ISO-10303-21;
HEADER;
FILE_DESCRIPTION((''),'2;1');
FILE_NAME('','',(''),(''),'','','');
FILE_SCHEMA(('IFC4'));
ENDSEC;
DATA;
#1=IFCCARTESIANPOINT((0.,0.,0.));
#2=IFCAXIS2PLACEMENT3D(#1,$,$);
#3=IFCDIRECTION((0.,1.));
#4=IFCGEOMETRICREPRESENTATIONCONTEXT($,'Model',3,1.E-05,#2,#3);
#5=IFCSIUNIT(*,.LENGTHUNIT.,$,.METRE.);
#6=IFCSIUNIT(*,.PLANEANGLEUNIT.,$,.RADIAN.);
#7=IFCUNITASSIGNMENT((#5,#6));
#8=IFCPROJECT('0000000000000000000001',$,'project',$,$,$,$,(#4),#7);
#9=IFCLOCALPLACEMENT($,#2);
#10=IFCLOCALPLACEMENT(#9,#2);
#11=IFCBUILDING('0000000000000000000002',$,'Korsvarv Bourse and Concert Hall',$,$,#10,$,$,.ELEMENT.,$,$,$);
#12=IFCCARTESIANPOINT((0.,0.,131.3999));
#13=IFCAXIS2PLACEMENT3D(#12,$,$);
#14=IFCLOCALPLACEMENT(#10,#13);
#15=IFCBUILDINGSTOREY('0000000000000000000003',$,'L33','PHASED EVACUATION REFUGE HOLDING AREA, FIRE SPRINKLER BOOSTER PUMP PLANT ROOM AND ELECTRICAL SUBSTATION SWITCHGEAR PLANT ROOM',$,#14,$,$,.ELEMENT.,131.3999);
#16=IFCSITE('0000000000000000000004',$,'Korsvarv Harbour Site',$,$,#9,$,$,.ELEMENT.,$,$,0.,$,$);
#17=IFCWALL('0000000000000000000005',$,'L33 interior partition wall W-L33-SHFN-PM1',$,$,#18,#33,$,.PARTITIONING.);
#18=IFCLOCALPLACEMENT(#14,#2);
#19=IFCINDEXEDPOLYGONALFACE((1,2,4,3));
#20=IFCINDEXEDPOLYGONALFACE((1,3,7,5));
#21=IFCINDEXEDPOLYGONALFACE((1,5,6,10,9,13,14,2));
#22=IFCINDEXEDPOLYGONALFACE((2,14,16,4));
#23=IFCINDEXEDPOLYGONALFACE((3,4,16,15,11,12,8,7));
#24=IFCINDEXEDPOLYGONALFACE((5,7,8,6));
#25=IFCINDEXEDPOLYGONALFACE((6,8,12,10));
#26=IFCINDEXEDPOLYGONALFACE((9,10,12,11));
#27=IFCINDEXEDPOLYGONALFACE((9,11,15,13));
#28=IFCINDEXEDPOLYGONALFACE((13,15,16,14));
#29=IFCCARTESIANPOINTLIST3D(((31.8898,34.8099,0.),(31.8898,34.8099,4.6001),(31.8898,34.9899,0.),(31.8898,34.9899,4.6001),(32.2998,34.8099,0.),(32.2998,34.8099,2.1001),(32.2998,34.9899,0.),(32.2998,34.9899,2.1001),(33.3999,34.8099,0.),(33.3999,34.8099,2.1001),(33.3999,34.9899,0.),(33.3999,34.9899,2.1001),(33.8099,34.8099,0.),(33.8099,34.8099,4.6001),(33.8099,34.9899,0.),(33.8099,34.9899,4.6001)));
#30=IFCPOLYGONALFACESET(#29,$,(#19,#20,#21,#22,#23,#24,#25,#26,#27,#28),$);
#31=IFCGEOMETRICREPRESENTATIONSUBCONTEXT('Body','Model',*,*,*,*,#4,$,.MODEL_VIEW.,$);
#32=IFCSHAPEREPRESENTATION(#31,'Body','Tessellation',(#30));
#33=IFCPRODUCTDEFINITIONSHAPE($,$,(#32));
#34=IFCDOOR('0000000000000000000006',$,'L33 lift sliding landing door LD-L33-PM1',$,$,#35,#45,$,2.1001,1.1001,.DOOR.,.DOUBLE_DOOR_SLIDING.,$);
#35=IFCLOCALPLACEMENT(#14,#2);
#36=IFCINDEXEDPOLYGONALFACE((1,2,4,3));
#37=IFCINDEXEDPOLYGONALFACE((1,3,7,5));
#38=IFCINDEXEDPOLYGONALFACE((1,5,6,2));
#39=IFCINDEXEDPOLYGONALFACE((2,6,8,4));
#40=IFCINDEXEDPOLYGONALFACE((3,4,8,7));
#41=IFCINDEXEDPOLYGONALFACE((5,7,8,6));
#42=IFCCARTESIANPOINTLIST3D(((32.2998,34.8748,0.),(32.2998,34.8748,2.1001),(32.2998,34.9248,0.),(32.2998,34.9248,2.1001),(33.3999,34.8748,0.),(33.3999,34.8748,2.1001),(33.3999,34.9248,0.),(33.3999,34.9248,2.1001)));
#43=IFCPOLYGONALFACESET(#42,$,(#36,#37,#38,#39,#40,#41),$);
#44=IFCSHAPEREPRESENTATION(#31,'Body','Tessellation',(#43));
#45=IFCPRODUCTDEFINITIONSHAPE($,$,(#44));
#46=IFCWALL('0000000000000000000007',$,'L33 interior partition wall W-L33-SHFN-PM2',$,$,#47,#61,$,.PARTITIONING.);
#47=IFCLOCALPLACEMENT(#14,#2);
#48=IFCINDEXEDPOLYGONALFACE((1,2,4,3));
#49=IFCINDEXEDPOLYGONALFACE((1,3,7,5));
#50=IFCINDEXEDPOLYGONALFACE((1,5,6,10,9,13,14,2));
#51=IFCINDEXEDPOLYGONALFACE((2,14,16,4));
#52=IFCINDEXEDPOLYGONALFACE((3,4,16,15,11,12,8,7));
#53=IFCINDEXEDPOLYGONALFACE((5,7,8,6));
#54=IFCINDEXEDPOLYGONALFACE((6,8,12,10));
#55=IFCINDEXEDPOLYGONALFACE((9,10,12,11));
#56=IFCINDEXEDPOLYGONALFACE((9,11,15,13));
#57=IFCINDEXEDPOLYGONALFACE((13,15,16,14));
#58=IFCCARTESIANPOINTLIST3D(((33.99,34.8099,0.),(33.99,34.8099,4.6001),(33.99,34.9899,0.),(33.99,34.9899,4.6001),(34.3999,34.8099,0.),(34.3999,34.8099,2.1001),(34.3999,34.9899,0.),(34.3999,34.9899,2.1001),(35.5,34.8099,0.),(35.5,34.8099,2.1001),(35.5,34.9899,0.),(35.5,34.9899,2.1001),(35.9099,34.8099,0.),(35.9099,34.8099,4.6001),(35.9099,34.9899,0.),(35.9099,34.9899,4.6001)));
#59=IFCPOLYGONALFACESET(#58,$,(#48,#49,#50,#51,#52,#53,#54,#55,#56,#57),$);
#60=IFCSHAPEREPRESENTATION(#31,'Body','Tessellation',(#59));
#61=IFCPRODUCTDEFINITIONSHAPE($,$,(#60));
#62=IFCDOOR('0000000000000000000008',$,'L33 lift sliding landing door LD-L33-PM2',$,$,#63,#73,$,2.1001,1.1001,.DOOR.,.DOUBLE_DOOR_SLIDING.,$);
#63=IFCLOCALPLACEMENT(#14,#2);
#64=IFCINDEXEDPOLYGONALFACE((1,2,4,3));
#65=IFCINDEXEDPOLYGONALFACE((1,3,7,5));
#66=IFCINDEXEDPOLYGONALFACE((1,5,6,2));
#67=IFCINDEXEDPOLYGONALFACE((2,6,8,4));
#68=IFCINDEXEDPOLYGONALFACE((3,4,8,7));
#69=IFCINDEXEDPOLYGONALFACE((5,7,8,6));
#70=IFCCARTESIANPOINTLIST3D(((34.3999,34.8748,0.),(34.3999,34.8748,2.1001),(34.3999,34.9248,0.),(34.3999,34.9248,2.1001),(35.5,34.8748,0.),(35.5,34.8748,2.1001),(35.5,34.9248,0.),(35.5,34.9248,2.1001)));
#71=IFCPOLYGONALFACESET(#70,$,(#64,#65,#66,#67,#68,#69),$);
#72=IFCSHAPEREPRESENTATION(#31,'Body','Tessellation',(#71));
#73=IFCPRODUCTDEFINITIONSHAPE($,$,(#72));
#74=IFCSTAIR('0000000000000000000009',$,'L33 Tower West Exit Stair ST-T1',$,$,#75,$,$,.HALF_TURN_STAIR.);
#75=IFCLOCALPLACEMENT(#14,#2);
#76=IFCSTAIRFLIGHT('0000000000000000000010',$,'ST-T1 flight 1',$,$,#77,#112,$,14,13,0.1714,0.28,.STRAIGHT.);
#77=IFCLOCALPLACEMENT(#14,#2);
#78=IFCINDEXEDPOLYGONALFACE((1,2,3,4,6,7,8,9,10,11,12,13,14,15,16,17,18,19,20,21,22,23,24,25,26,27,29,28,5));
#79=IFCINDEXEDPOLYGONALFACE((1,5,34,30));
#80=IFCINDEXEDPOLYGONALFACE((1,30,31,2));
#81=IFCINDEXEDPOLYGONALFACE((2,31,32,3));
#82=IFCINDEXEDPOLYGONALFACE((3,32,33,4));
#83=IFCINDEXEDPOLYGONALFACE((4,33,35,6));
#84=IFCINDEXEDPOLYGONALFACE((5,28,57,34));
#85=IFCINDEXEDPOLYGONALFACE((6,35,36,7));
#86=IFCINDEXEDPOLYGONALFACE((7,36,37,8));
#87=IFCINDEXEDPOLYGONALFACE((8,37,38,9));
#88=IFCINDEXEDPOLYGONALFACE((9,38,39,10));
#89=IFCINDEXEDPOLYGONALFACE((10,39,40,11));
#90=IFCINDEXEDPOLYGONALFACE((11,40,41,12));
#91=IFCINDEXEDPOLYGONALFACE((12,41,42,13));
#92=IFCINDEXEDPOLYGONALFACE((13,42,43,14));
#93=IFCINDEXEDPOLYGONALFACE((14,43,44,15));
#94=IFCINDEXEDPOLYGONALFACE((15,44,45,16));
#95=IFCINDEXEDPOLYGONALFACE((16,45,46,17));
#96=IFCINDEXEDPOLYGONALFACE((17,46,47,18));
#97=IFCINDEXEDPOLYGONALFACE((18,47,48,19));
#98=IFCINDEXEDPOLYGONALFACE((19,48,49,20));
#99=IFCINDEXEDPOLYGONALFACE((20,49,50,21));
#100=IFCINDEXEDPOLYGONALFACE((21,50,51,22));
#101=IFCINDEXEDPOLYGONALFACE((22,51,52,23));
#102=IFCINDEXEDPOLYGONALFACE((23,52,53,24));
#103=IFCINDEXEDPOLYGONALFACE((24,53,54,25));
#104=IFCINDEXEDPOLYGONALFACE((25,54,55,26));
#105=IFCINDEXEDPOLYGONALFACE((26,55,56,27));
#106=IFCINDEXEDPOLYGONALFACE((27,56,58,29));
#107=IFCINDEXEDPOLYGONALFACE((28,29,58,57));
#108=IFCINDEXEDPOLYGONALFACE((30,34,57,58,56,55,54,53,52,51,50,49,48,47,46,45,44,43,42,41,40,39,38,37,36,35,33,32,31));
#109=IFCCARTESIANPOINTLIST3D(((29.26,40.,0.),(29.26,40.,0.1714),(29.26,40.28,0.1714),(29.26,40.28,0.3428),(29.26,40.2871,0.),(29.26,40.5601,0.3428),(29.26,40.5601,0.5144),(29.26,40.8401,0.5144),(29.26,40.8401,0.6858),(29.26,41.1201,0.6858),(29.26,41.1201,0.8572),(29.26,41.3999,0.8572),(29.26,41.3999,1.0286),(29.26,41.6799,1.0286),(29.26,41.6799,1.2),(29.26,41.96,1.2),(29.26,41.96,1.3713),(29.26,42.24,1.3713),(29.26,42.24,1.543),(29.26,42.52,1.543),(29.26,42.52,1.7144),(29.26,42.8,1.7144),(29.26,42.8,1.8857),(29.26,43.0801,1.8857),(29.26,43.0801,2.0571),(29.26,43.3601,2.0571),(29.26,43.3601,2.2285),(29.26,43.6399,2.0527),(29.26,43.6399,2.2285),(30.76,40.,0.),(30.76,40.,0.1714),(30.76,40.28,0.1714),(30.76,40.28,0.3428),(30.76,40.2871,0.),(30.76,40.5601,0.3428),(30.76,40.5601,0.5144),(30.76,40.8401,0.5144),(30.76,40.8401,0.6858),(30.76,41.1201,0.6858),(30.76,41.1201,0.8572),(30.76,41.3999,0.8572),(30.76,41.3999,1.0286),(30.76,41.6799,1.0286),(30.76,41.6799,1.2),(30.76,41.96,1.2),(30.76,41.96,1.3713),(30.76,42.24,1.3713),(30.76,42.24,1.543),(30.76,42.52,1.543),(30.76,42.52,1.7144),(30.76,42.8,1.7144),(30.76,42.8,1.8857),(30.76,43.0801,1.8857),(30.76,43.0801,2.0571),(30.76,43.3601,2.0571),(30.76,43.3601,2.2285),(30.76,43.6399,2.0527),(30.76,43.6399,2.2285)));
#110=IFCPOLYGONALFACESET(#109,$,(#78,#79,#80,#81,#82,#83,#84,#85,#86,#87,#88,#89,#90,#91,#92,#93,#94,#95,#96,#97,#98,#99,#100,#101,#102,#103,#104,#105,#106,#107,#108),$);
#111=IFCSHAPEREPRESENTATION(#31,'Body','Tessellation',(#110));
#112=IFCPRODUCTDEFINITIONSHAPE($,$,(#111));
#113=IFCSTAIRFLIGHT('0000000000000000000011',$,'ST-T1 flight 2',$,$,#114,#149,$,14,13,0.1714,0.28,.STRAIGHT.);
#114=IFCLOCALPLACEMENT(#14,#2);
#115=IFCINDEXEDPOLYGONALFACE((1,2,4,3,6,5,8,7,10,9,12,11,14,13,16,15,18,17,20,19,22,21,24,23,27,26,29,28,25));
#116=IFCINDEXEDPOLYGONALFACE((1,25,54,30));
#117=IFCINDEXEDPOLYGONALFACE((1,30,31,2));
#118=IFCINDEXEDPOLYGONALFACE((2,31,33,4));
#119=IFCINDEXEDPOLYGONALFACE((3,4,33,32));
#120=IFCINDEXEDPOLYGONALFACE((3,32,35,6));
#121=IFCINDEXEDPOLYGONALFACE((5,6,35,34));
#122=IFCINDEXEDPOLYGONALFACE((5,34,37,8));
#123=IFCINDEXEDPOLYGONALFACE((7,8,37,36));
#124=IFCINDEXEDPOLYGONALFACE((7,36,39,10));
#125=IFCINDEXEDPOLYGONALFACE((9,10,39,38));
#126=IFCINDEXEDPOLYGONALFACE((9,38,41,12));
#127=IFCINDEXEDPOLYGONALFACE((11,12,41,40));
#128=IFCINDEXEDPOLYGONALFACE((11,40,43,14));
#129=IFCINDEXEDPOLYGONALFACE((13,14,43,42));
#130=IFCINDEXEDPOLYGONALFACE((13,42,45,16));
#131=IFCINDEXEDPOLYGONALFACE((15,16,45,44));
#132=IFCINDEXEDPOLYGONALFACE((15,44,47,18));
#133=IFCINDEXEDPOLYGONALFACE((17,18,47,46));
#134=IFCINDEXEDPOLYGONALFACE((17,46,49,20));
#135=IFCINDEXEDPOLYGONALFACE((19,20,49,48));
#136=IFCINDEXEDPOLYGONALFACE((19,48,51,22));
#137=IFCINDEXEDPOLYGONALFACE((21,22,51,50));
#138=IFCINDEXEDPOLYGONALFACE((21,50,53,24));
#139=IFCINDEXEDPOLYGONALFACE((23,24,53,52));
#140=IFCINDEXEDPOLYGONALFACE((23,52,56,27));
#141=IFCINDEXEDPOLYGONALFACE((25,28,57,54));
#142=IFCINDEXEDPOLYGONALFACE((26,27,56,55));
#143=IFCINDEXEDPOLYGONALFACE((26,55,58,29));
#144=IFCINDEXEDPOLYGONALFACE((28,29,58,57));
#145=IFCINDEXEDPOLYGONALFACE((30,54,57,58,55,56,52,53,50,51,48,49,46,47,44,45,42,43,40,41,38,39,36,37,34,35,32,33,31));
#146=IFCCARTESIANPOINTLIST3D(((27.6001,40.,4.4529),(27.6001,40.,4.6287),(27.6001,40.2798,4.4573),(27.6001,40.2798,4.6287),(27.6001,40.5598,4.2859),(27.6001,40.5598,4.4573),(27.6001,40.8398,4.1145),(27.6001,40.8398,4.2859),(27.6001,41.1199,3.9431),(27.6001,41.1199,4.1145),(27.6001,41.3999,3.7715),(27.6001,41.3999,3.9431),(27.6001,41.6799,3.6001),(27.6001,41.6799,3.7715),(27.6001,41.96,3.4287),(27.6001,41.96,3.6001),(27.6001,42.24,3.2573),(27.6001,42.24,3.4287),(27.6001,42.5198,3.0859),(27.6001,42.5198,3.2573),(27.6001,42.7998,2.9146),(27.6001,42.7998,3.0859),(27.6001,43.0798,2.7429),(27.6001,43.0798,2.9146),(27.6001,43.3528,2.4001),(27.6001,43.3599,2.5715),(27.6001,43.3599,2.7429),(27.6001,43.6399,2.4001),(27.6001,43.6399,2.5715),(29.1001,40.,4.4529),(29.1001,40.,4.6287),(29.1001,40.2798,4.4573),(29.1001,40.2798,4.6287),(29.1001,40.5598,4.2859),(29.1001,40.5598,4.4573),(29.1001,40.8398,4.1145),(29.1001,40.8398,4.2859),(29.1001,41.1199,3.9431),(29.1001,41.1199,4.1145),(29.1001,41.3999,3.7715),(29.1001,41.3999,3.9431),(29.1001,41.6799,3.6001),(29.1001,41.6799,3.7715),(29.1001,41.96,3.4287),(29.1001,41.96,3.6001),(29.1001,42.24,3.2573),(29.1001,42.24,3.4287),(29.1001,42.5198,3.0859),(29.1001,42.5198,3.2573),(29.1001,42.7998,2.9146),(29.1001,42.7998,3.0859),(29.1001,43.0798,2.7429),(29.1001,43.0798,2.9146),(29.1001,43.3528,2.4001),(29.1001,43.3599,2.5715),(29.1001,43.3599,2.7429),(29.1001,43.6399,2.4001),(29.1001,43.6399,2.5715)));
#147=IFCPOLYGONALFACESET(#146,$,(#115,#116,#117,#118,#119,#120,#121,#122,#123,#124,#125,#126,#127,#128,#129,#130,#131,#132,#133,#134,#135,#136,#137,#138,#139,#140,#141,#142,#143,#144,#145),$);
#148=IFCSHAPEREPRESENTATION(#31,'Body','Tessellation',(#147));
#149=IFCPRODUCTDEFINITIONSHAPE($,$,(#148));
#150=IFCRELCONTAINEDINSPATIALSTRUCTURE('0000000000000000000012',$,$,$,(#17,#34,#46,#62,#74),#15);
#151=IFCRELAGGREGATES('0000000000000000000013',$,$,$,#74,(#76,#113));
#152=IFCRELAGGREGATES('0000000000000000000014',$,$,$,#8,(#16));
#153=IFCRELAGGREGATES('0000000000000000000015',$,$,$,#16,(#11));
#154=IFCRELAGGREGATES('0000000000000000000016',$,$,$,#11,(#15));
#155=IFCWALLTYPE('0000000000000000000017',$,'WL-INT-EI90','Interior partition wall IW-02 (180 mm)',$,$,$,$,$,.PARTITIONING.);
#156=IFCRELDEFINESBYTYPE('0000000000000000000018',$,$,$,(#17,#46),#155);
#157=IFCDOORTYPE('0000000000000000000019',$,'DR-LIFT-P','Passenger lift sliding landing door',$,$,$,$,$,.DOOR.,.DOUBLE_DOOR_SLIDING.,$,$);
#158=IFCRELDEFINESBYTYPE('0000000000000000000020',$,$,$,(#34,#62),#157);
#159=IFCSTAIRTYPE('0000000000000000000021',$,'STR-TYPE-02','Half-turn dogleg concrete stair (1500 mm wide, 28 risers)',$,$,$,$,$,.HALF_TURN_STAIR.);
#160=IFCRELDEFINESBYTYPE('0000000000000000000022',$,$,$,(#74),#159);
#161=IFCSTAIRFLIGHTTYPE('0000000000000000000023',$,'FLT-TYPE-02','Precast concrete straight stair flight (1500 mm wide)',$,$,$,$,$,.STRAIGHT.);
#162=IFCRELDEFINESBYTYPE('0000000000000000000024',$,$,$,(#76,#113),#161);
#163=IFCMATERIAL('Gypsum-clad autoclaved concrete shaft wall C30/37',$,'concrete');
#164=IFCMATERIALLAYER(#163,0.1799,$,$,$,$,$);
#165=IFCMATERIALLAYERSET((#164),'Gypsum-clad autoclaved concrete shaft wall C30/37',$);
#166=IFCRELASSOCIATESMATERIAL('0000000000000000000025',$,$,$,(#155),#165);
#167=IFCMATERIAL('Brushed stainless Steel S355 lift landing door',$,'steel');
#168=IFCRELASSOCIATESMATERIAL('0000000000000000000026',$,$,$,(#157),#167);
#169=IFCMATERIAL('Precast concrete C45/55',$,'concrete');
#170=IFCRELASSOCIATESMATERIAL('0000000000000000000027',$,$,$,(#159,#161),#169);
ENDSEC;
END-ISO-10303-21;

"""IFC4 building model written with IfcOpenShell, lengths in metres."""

from ifc_helpers import new_model, si_unit, direction, frame, frame_2d, origin, place, context, subcontext, project, spatial, polyline, rectangle, outline, extrude, material, layer, layer_set, type_object, element, fill, aggregate, save


model = new_model("IFC4")

# Units and contexts
model_context = context("Model", 3, precision=1e-05, world=origin(), true_north=direction((0.0, 1.0)))
body_context = subcontext(model_context, "Body", "Model", "MODEL_VIEW")
ifc_project = project(units=[si_unit("LENGTHUNIT", "METRE"), si_unit("PLANEANGLEUNIT", "RADIAN")], contexts=[model_context])

# Site, building, storey
site_placement = place(None, origin())
site = spatial("IfcSite", under=ifc_project, at=site_placement, Name="Korsvarv Harbour Site", CompositionType="ELEMENT", RefElevation=0.0)
building_placement = place(site_placement, origin())
building = spatial("IfcBuilding", under=site, at=building_placement, Name="Korsvarv Bourse and Concert Hall", CompositionType="ELEMENT")
storey_placement = place(building_placement, frame((0.0, 0.0, 131.3999)))
storey = spatial("IfcBuildingStorey", under=building, at=storey_placement, Name="L33", Description="PHASED EVACUATION REFUGE HOLDING AREA, FIRE SPRINKLER BOOSTER PUMP PLANT ROOM AND ELECTRICAL SUBSTATION SWITCHGEAR PLANT ROOM", CompositionType="ELEMENT", Elevation=131.3999)

# Walls, openings, doors
ifc_material_1 = material(Name="Gypsum-clad autoclaved concrete shaft wall C30/37", Category="concrete")
ifc_layer_1 = layer(ifc_material_1, 0.1799)
ifc_layer_set_1 = layer_set([ifc_layer_1], Name="Gypsum-clad autoclaved concrete shaft wall C30/37")
wall_type_1 = type_object("IfcWallType", Name="WL-INT-EI90", Description="Interior partition wall IW-02 (180 mm)", PredefinedType="PARTITIONING", material=ifc_layer_set_1)
wall_1_placement = place(storey_placement, frame((31.8899, 34.8999, 0.0), z_axis=(0.0, 0.0, 1.0), x_axis=(1.0, 0.0, 0.0)))
wall_1 = element("IfcWall", 1, at=wall_1_placement, inside=storey, type_object=wall_type_1, Name="L33 interior partition wall W-L33-SHFN-PM1", PredefinedType="PARTITIONING", context=body_context, shape_type="SweptSolid", body=[
    extrude(rectangle(XDim=1.9202, YDim=0.1799, at=frame_2d((0.96, 0.0))), origin(), (0.0, 0.0, 1.0), 4.6001),
])
opening_1_placement = place(wall_1_placement, frame((0.4099, 0.0, 0.0)))
opening_1 = element("IfcOpeningElement", 2, at=opening_1_placement, cuts=wall_1, PredefinedType="OPENING", context=body_context, shape_type="SweptSolid", body=[
    extrude(rectangle(XDim=1.1001, YDim=2.1001, at=frame_2d((0.55, 1.05))), frame((0.0, 0.1001, 0.0), z_axis=(0.0, -1.0, 0.0), x_axis=(1.0, 0.0, 0.0)), (0.0, 0.0, 1.0), 0.2),
])
ifc_material_2 = material(Name="Brushed stainless Steel S355 lift landing door", Category="steel")
door_type_1 = type_object("IfcDoorType", Name="DR-LIFT-P", Description="Passenger lift sliding landing door", OperationType="DOUBLE_DOOR_SLIDING", PredefinedType="DOOR", material=ifc_material_2)
door_1_placement = place(opening_1_placement, origin())
door_1 = element("IfcDoor", 3, at=door_1_placement, inside=storey, type_object=door_type_1, Name="L33 lift sliding landing door LD-L33-PM1", OperationType="DOUBLE_DOOR_SLIDING", OverallHeight=2.1001, OverallWidth=1.1001, PredefinedType="DOOR", context=body_context, shape_type="SweptSolid", body=[
    extrude(rectangle(XDim=1.1001, YDim=2.1001, at=frame_2d((0.55, 1.05))), frame((0.0, 0.0249, 0.0), z_axis=(0.0, -1.0, 0.0), x_axis=(1.0, 0.0, 0.0)), (0.0, 0.0, 1.0), 0.05),
])
fill(opening_1, door_1)
wall_2_placement = place(storey_placement, frame((33.99, 34.8999, 0.0), z_axis=(0.0, 0.0, 1.0), x_axis=(1.0, 0.0, 0.0)))
wall_2 = element("IfcWall", 4, at=wall_2_placement, inside=storey, type_object=wall_type_1, Name="L33 interior partition wall W-L33-SHFN-PM2", PredefinedType="PARTITIONING", context=body_context, shape_type="SweptSolid", body=[
    extrude(rectangle(XDim=1.9199, YDim=0.1799, at=frame_2d((0.96, 0.0))), origin(), (0.0, 0.0, 1.0), 4.6001),
])
opening_2_placement = place(wall_2_placement, frame((0.4099, 0.0, 0.0)))
opening_2 = element("IfcOpeningElement", 5, at=opening_2_placement, cuts=wall_2, PredefinedType="OPENING", context=body_context, shape_type="SweptSolid", body=[
    extrude(rectangle(XDim=1.1001, YDim=2.1001, at=frame_2d((0.55, 1.05))), frame((0.0, 0.1001, 0.0), z_axis=(0.0, -1.0, 0.0), x_axis=(1.0, 0.0, 0.0)), (0.0, 0.0, 1.0), 0.2),
])
door_2_placement = place(opening_2_placement, origin())
door_2 = element("IfcDoor", 6, at=door_2_placement, inside=storey, type_object=door_type_1, Name="L33 lift sliding landing door LD-L33-PM2", OperationType="DOUBLE_DOOR_SLIDING", OverallHeight=2.1001, OverallWidth=1.1001, PredefinedType="DOOR", context=body_context, shape_type="SweptSolid", body=[
    extrude(rectangle(XDim=1.1001, YDim=2.1001, at=frame_2d((0.55, 1.05))), frame((0.0, 0.0249, 0.0), z_axis=(0.0, -1.0, 0.0), x_axis=(1.0, 0.0, 0.0)), (0.0, 0.0, 1.0), 0.05),
])
fill(opening_2, door_2)

# Stair, stair flights
ifc_material_3 = material(Name="Precast concrete C45/55", Category="concrete")
stair_type = type_object("IfcStairType", Name="STR-TYPE-02", Description="Half-turn dogleg concrete stair (1500 mm wide, 28 risers)", PredefinedType="HALF_TURN_STAIR", material=ifc_material_3)
stair_placement = place(storey_placement, origin())
stair = element("IfcStair", 7, at=stair_placement, inside=storey, type_object=stair_type, Name="L33 Tower West Exit Stair ST-T1", PredefinedType="HALF_TURN_STAIR")
stair_flight_type = type_object("IfcStairFlightType", Name="FLT-TYPE-02", Description="Precast concrete straight stair flight (1500 mm wide)", PredefinedType="STRAIGHT", material=ifc_material_3)
stair_flight_1_placement = place(storey_placement, frame((30.01, 40.0, 0.0), z_axis=(0.0, 0.0, 1.0), x_axis=(0.0, 1.0, 0.0)))
stair_flight_1 = element("IfcStairFlight", 8, at=stair_flight_1_placement, type_object=stair_flight_type, Name="ST-T1 flight 1", NumberOfRisers=14, NumberOfTreads=13, PredefinedType="STRAIGHT", RiserHeight=0.1714, TreadLength=0.28, context=body_context, shape_type="SweptSolid", body=[
    extrude(outline(polyline([(0.0, 0.0), (0.0, 0.1714), (0.28, 0.1714), (0.28, 0.3428), (0.5601, 0.3428), (0.5601, 0.5144), (0.8401, 0.5144), (0.8401, 0.6858), (1.1201, 0.6858), (1.1201, 0.8572), (1.3999, 0.8572), (1.3999, 1.0286), (1.6799, 1.0286), (1.6799, 1.2), (1.96, 1.2), (1.96, 1.3713), (2.24, 1.3713), (2.24, 1.543), (2.52, 1.543), (2.52, 1.7144), (2.8, 1.7144), (2.8, 1.8857), (3.0801, 1.8857), (3.0801, 2.0571), (3.3601, 2.0571), (3.3601, 2.2285), (3.6399, 2.2285), (3.6399, 2.3999), (3.6399, 2.0527), (0.2871, 0.0), (0.0, 0.0)])), frame((0.0, 0.75, 0.0), z_axis=(0.0, -1.0, 0.0), x_axis=(1.0, 0.0, 0.0)), (0.0, 0.0, 1.0), 1.5),
])
stair_flight_2_placement = place(storey_placement, frame((28.3501, 43.6399, 2.4001), z_axis=(0.0, 0.0, 1.0), x_axis=(0.0, -1.0, 0.0)))
stair_flight_2 = element("IfcStairFlight", 9, at=stair_flight_2_placement, type_object=stair_flight_type, Name="ST-T1 flight 2", NumberOfRisers=14, NumberOfTreads=13, PredefinedType="STRAIGHT", RiserHeight=0.1714, TreadLength=0.28, context=body_context, shape_type="SweptSolid", body=[
    extrude(outline(polyline([(0.0, 0.0), (0.0, 0.1714), (0.28, 0.1714), (0.28, 0.3428), (0.5601, 0.3428), (0.5601, 0.5144), (0.8401, 0.5144), (0.8401, 0.6858), (1.1201, 0.6858), (1.1201, 0.8572), (1.3999, 0.8572), (1.3999, 1.0286), (1.6799, 1.0286), (1.6799, 1.2), (1.96, 1.2), (1.96, 1.3713), (2.24, 1.3713), (2.24, 1.543), (2.52, 1.543), (2.52, 1.7144), (2.8, 1.7144), (2.8, 1.8857), (3.0801, 1.8857), (3.0801, 2.0571), (3.3601, 2.0571), (3.3601, 2.2285), (3.6399, 2.2285), (3.6399, 2.3999), (3.6399, 2.0527), (0.2871, 0.0), (0.0, 0.0)])), frame((0.0, 0.75, 0.0), z_axis=(0.0, -1.0, 0.0), x_axis=(1.0, 0.0, 0.0)), (0.0, 0.0, 1.0), 1.5),
])
aggregate(stair, [stair_flight_1, stair_flight_2])

save(model, "model.ifc")
